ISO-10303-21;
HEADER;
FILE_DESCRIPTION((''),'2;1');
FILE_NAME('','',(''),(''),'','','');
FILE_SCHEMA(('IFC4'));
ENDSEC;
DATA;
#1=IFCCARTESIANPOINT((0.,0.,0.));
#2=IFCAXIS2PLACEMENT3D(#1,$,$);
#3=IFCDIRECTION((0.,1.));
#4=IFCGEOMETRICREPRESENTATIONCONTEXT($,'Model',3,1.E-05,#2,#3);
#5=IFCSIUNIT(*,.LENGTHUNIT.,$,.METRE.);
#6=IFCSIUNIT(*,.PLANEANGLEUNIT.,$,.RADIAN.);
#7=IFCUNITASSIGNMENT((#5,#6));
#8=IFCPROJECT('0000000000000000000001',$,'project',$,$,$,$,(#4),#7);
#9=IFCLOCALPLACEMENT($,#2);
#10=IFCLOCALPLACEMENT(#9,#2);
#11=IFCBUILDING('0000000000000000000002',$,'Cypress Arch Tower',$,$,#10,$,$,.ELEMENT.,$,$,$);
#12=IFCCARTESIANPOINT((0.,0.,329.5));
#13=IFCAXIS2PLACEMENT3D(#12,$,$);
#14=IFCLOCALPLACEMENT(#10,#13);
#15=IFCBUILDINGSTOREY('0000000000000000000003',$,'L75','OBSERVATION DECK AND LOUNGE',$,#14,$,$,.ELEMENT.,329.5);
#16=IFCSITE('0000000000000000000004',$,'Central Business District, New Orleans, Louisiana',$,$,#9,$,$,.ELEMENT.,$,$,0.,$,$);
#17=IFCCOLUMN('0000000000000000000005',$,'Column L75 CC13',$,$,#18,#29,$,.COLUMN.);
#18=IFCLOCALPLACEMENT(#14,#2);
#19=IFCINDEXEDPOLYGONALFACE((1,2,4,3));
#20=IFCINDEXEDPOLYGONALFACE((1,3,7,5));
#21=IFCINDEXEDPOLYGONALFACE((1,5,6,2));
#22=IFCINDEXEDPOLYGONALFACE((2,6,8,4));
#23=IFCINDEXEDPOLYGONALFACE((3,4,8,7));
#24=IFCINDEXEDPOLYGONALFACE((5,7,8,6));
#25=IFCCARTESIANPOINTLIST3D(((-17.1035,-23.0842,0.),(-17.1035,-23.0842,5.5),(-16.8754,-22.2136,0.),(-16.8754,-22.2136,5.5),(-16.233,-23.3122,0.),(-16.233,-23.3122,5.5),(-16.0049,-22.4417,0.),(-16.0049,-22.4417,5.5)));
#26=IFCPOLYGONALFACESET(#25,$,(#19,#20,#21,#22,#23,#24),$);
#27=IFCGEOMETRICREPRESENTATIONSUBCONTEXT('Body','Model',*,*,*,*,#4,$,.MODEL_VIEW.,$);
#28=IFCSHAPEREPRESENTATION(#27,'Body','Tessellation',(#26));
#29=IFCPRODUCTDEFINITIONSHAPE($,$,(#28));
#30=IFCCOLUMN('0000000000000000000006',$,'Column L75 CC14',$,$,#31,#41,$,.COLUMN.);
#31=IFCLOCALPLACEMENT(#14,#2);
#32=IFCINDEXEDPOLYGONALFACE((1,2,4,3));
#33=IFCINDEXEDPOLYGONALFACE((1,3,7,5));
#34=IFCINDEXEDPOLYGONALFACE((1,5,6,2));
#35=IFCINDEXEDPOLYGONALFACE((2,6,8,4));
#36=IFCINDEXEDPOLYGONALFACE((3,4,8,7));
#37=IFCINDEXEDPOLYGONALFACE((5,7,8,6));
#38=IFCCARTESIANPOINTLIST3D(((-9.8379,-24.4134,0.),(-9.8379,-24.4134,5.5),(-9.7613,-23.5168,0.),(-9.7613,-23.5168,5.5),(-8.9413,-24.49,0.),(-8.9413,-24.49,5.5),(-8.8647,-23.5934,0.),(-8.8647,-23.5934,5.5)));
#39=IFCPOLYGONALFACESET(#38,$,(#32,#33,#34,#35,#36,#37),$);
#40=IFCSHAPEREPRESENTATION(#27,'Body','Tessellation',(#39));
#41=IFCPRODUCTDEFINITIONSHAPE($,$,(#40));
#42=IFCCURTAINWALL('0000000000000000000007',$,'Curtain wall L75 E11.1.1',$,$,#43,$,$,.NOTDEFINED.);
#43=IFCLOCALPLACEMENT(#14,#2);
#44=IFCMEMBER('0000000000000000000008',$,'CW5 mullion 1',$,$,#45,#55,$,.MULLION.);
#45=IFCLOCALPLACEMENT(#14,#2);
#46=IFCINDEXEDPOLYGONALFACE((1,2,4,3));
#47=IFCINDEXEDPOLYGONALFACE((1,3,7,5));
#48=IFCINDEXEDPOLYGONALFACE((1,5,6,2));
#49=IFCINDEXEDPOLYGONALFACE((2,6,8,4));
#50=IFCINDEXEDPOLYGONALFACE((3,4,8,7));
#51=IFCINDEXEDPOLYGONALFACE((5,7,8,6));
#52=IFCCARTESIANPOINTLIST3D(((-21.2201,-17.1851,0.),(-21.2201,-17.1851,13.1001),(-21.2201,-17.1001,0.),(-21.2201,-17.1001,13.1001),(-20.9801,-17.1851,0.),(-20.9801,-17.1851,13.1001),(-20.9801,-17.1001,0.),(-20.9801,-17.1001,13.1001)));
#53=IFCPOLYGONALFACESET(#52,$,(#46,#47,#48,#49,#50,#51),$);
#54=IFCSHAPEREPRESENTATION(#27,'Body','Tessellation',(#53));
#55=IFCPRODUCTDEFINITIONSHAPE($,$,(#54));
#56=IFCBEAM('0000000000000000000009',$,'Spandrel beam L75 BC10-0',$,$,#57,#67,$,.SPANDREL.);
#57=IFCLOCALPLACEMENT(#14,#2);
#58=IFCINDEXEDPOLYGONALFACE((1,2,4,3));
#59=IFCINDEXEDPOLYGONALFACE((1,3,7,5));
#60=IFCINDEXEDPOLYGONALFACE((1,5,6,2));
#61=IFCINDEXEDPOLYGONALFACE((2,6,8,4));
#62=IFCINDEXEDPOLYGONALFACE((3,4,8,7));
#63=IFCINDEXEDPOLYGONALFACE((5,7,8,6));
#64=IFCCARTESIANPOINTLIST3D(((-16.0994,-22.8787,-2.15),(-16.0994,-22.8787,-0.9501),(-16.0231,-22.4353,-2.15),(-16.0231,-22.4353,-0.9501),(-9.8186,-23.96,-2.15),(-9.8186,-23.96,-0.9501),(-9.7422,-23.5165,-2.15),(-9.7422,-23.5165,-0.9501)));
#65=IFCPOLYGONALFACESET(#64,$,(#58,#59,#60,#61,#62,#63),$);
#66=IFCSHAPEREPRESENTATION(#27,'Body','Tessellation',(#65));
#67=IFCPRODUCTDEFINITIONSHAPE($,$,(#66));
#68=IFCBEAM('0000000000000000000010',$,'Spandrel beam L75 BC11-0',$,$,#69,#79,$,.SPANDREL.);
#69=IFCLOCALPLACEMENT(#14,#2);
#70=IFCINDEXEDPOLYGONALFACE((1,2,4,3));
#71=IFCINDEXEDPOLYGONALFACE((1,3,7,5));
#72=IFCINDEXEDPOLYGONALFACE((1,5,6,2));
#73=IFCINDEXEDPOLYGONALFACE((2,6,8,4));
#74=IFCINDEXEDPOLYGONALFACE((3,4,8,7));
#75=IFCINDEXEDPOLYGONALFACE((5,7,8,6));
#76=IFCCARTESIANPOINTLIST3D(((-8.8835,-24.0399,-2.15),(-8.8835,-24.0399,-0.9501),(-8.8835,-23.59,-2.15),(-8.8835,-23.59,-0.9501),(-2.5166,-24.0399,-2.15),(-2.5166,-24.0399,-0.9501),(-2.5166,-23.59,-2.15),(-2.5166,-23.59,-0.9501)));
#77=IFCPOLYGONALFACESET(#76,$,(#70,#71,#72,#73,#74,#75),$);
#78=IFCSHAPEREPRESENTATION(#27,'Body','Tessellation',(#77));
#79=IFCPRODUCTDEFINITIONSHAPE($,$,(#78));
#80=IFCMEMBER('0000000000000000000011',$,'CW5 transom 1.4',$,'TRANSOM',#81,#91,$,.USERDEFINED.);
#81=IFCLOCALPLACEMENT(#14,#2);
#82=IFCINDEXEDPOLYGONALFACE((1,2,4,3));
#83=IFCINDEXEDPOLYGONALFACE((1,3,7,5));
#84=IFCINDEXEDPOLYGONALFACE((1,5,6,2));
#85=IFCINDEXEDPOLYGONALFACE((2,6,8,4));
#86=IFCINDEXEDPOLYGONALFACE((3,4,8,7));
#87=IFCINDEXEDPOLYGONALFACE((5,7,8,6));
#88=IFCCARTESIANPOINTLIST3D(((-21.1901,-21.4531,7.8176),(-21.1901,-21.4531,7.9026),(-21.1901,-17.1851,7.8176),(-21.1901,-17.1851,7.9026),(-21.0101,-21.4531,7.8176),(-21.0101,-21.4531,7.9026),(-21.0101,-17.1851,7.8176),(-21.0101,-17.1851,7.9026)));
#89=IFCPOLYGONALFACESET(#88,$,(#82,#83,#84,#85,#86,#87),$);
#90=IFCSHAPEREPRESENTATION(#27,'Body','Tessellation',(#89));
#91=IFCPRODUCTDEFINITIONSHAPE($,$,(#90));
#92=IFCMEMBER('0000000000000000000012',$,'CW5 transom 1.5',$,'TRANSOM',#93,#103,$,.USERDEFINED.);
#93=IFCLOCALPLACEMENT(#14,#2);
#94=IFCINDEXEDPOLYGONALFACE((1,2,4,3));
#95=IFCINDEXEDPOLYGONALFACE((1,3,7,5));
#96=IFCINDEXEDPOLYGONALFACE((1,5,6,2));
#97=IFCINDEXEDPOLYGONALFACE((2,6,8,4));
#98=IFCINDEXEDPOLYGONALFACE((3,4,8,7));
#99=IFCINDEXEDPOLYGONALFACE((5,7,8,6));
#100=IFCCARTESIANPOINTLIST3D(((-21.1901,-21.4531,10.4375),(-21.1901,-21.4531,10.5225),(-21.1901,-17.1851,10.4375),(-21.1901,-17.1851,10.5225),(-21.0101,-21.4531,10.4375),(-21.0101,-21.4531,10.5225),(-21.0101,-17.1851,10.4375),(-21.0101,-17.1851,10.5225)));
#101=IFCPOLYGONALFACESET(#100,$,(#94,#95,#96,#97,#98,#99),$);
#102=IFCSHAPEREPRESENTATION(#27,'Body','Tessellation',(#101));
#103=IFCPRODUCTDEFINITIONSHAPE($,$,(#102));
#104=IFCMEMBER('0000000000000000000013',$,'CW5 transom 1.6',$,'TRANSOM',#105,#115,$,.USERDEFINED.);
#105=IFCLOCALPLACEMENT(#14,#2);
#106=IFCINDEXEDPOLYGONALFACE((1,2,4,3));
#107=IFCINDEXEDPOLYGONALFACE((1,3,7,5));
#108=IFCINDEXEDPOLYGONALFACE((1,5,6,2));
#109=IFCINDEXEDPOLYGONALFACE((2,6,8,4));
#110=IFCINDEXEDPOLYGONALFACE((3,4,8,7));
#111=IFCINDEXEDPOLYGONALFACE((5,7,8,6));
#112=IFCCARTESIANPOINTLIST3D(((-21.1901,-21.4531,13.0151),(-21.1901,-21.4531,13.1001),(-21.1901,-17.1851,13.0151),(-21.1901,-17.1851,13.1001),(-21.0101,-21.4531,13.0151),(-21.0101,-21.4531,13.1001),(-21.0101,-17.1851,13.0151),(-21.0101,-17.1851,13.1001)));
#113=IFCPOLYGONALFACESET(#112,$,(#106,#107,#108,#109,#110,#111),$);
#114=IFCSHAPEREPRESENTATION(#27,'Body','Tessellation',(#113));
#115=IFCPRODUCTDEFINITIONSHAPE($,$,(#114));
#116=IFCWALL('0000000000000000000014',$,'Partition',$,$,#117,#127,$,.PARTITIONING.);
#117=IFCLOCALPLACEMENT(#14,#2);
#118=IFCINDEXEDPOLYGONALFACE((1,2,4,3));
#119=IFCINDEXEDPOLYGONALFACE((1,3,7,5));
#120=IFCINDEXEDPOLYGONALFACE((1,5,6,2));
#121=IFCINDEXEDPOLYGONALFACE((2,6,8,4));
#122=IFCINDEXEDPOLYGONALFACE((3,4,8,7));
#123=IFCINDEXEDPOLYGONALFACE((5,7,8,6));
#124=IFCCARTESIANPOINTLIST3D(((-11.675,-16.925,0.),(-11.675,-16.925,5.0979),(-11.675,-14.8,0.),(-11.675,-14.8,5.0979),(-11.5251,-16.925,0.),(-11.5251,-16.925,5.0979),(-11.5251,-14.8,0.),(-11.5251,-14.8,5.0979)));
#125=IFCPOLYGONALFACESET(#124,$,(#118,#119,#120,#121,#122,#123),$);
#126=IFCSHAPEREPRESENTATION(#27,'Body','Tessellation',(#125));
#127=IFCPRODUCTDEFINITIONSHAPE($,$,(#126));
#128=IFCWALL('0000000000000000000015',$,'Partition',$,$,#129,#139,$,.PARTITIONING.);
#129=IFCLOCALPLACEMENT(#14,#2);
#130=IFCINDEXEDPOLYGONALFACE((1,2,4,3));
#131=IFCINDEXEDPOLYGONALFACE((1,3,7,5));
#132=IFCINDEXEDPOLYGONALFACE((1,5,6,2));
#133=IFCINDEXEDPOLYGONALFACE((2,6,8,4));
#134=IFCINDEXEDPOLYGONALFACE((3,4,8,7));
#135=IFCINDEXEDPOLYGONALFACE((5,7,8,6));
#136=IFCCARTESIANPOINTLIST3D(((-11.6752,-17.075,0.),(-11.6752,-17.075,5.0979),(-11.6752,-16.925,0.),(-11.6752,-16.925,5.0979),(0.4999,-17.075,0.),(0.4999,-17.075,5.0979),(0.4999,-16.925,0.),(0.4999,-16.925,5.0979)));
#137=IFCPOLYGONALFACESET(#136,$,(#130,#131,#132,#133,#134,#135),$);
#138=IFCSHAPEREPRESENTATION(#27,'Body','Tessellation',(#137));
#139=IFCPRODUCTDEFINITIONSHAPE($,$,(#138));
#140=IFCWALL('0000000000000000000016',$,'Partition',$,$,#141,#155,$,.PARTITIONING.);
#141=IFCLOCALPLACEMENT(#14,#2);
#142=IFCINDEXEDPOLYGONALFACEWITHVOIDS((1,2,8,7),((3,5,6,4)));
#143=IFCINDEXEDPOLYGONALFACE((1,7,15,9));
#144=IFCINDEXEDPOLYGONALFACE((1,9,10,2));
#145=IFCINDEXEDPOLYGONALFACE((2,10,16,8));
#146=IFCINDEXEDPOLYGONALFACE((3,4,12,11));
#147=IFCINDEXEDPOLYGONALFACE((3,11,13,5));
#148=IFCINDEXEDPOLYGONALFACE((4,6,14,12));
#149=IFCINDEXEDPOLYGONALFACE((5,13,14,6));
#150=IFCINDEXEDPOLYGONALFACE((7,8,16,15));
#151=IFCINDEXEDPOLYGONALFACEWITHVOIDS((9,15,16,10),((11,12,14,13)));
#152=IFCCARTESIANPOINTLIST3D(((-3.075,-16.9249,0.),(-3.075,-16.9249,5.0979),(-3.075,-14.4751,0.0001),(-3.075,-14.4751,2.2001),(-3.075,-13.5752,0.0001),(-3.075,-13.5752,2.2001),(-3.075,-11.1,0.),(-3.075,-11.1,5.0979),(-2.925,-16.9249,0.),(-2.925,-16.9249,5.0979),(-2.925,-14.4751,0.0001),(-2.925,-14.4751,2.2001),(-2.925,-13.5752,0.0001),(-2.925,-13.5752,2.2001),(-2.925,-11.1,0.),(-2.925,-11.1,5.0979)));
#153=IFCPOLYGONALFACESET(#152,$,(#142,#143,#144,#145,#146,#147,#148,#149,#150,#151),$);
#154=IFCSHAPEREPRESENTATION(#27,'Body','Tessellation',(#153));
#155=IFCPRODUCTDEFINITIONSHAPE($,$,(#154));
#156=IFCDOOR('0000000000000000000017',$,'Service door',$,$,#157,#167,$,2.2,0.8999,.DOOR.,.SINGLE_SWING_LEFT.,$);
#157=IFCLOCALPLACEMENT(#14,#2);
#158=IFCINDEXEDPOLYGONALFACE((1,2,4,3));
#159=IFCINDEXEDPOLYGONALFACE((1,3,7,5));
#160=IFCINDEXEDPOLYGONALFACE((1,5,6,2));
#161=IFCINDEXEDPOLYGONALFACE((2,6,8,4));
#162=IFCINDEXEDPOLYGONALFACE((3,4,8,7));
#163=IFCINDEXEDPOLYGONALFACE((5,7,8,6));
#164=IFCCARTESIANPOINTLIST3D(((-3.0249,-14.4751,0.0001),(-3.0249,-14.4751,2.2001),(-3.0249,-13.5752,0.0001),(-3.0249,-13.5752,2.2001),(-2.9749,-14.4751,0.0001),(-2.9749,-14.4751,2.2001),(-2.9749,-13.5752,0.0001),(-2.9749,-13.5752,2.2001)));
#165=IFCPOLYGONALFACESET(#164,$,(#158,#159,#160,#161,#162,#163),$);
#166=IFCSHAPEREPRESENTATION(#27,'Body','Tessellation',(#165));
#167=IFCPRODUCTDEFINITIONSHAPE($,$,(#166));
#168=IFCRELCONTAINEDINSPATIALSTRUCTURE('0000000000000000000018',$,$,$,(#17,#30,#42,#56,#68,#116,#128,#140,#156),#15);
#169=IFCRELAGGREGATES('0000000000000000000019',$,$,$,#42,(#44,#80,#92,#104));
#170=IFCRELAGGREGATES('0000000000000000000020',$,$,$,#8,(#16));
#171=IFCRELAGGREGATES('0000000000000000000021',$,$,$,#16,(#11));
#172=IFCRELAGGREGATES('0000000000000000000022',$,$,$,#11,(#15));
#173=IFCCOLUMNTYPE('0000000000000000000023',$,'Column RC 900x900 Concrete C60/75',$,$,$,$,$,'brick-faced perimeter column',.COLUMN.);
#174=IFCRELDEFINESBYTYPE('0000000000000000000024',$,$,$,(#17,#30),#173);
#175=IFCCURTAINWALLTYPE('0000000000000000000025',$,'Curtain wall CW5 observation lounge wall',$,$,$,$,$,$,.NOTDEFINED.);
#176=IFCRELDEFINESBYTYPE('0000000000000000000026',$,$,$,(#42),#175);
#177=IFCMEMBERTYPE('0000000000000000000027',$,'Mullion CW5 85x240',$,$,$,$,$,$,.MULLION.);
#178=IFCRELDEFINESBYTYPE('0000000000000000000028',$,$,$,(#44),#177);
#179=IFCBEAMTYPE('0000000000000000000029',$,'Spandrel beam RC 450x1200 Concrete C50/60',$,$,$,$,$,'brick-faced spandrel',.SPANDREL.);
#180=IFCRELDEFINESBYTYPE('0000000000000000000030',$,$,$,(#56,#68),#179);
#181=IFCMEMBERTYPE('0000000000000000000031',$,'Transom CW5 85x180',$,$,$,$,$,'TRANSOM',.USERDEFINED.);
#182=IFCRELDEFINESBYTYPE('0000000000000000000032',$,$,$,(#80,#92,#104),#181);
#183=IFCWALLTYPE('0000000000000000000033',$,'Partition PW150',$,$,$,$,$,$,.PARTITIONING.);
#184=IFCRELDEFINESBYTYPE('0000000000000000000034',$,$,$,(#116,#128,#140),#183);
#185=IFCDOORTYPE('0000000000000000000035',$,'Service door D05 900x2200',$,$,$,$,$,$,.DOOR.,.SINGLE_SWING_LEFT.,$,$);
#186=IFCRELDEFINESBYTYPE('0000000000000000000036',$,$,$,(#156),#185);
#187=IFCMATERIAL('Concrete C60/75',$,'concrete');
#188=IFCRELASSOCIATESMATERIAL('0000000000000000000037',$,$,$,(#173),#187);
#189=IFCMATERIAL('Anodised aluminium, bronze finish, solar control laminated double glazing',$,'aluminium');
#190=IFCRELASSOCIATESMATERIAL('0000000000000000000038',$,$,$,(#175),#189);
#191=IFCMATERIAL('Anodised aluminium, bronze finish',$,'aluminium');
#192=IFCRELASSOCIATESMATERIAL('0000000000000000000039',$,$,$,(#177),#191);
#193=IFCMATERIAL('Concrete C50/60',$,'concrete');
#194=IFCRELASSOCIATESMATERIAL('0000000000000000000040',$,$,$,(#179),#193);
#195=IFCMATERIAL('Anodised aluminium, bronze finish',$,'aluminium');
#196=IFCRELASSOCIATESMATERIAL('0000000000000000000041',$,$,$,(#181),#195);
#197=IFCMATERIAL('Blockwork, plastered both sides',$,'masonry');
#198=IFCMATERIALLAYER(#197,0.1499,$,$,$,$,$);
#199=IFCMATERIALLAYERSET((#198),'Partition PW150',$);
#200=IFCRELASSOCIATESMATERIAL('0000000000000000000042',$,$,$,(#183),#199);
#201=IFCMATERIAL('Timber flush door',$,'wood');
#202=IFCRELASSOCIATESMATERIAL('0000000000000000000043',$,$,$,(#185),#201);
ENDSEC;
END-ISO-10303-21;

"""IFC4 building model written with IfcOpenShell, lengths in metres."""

from ifc_helpers import new_model, si_unit, direction, frame, frame_2d, origin, origin_2d, place, context, subcontext, project, spatial, rectangle, extrude, material, layer, layer_set, material_profile, profile_set, type_object, element, fill, aggregate, save


model = new_model("IFC4")

# Units and contexts
model_context = context("Model", 3, precision=1e-05, world=origin(), true_north=direction((0.0, 1.0)))
body_context = subcontext(model_context, "Body", "Model", "MODEL_VIEW")
ifc_project = project(units=[si_unit("LENGTHUNIT", "METRE"), si_unit("PLANEANGLEUNIT", "RADIAN")], contexts=[model_context])

# Site, building, storey
site_placement = place(None, origin())
site = spatial("IfcSite", under=ifc_project, at=site_placement, Name="Central Business District, New Orleans, Louisiana", CompositionType="ELEMENT", RefElevation=0.0)
building_placement = place(site_placement, origin())
building = spatial("IfcBuilding", under=site, at=building_placement, Name="Cypress Arch Tower", CompositionType="ELEMENT")
storey_placement = place(building_placement, frame((0.0, 0.0, 329.5)))
storey = spatial("IfcBuildingStorey", under=building, at=storey_placement, Name="L75", Description="OBSERVATION DECK AND LOUNGE", CompositionType="ELEMENT", Elevation=329.5)

# Columns
ifc_material_1 = material(Name="Concrete C60/75", Category="concrete")
ifc_material_profile_1 = material_profile(ifc_material_1, rectangle(XDim=0.8999, YDim=0.8999, at=origin_2d()), Name="RC 900x900")
ifc_profile_set_1 = profile_set([ifc_material_profile_1], Name="Concrete C60/75")
column_type = type_object("IfcColumnType", Name="Column RC 900x900 Concrete C60/75", ElementType="brick-faced perimeter column", PredefinedType="COLUMN", material=ifc_profile_set_1)
for number, where, z_axis, x_axis, name in (
    (1, (-16.5542, -22.7629, 0.0), (0.0, 0.0, 1.0), (0.967356, -0.253422, 0.0), "Column L75 CC13"),
    (2, (-9.3513, -24.0034, 0.0), (0.0, 0.0, 1.0), (0.996368, -0.085149, 0.0), "Column L75 CC14"),
):
    element("IfcColumn", number, at=place(storey_placement, frame(where, z_axis=z_axis, x_axis=x_axis)), inside=storey, type_object=column_type, Name=name, PredefinedType="COLUMN", context=body_context, shape_type="SweptSolid", body=[
        extrude(rectangle(XDim=0.8999, YDim=0.8999, at=origin_2d()), origin(), (0.0, 0.0, 1.0), 5.5),
    ])

# Curtain wall, member
ifc_material_2 = material(Name="Anodised aluminium, bronze finish, solar control laminated double glazing", Category="aluminium")
curtain_wall_type = type_object("IfcCurtainWallType", Name="Curtain wall CW5 observation lounge wall", PredefinedType="NOTDEFINED", material=ifc_material_2)
curtain_wall_placement = place(storey_placement, origin())
curtain_wall = element("IfcCurtainWall", 3, at=curtain_wall_placement, inside=storey, type_object=curtain_wall_type, Name="Curtain wall L75 E11.1.1", PredefinedType="NOTDEFINED")
ifc_material_3 = material(Name="Anodised aluminium, bronze finish", Category="aluminium")
ifc_material_profile_2 = material_profile(ifc_material_3, rectangle(XDim=0.24, YDim=0.085, at=origin_2d()), Name="Mullion 85x240")
ifc_profile_set_2 = profile_set([ifc_material_profile_2], Name="Anodised aluminium, bronze finish")
member_type_1 = type_object("IfcMemberType", Name="Mullion CW5 85x240", PredefinedType="MULLION", material=ifc_profile_set_2)
member_1_placement = place(storey_placement, frame((-21.1001, -17.1426, 0.0), z_axis=(0.0, 0.0, 1.0), x_axis=(1.0, 0.0, 0.0)))
member_1 = element("IfcMember", 4, at=member_1_placement, type_object=member_type_1, Name="CW5 mullion 1", PredefinedType="MULLION", context=body_context, shape_type="SweptSolid", body=[
    extrude(rectangle(XDim=0.24, YDim=0.085, at=origin_2d()), origin(), (0.0, 0.0, 1.0), 13.1001),
])

# Beams
ifc_material_4 = material(Name="Concrete C50/60", Category="concrete")
ifc_material_profile_3 = material_profile(ifc_material_4, rectangle(XDim=0.45, YDim=1.2, at=origin_2d()), Name="RC 450x1200")
ifc_profile_set_3 = profile_set([ifc_material_profile_3], Name="Concrete C50/60")
beam_type = type_object("IfcBeamType", Name="Spandrel beam RC 450x1200 Concrete C50/60", ElementType="brick-faced spandrel", PredefinedType="SPANDREL", material=ifc_profile_set_3)
beam_1_placement = place(storey_placement, frame((-16.0613, -22.657, -1.55), z_axis=(0.985503, -0.169658, 0.0), x_axis=(0.169658, 0.985503, 0.0)))
element("IfcBeam", 5, at=beam_1_placement, inside=storey, type_object=beam_type, Name="Spandrel beam L75 BC10-0", PredefinedType="SPANDREL", context=body_context, shape_type="SweptSolid", body=[
    extrude(rectangle(XDim=0.45, YDim=1.2, at=origin_2d()), origin(), (0.0, 0.0, 1.0), 6.3733),
])
beam_2_placement = place(storey_placement, frame((-8.8835, -23.8149, -1.55), z_axis=(1.0, 0.0, 0.0), x_axis=(0.0, 1.0, 0.0)))
element("IfcBeam", 6, at=beam_2_placement, inside=storey, type_object=beam_type, Name="Spandrel beam L75 BC11-0", PredefinedType="SPANDREL", context=body_context, shape_type="SweptSolid", body=[
    extrude(rectangle(XDim=0.45, YDim=1.2, at=origin_2d()), origin(), (0.0, 0.0, 1.0), 6.3669),
])

# Members
ifc_material_5 = material(Name="Anodised aluminium, bronze finish", Category="aluminium")
ifc_material_profile_4 = material_profile(ifc_material_5, rectangle(XDim=0.1799, YDim=0.085, at=origin_2d()), Name="Transom 85x180")
ifc_profile_set_4 = profile_set([ifc_material_profile_4], Name="Anodised aluminium, bronze finish")
member_type_2 = type_object("IfcMemberType", Name="Transom CW5 85x180", ElementType="TRANSOM", PredefinedType="USERDEFINED", material=ifc_profile_set_4)
member_2_placement = place(storey_placement, frame((-21.1001, -17.1851, 7.8601), z_axis=(0.0, -1.0, 0.0), x_axis=(1.0, 0.0, 0.0)))
member_2 = element("IfcMember", 7, at=member_2_placement, type_object=member_type_2, Name="CW5 transom 1.4", ObjectType="TRANSOM", PredefinedType="USERDEFINED", context=body_context, shape_type="SweptSolid", body=[
    extrude(rectangle(XDim=0.1799, YDim=0.085, at=origin_2d()), origin(), (0.0, 0.0, 1.0), 4.2681),
])
member_3_placement = place(storey_placement, frame((-21.1001, -17.1851, 10.48), z_axis=(0.0, -1.0, 0.0), x_axis=(1.0, 0.0, 0.0)))
member_3 = element("IfcMember", 8, at=member_3_placement, type_object=member_type_2, Name="CW5 transom 1.5", ObjectType="TRANSOM", PredefinedType="USERDEFINED", context=body_context, shape_type="SweptSolid", body=[
    extrude(rectangle(XDim=0.1799, YDim=0.085, at=origin_2d()), origin(), (0.0, 0.0, 1.0), 4.2681),
])
member_4_placement = place(storey_placement, frame((-21.1001, -17.1851, 13.0576), z_axis=(0.0, -1.0, 0.0), x_axis=(1.0, 0.0, 0.0)))
member_4 = element("IfcMember", 9, at=member_4_placement, type_object=member_type_2, Name="CW5 transom 1.6", ObjectType="TRANSOM", PredefinedType="USERDEFINED", context=body_context, shape_type="SweptSolid", body=[
    extrude(rectangle(XDim=0.1799, YDim=0.085, at=origin_2d()), origin(), (0.0, 0.0, 1.0), 4.2681),
])
aggregate(curtain_wall, [member_1, member_2, member_3, member_4])

# Walls
ifc_material_6 = material(Name="Blockwork, plastered both sides", Category="masonry")
ifc_layer_1 = layer(ifc_material_6, 0.1499)
ifc_layer_set_1 = layer_set([ifc_layer_1], Name="Partition PW150")
wall_type_1 = type_object("IfcWallType", Name="Partition PW150", PredefinedType="PARTITIONING", material=ifc_layer_set_1)
wall_1_placement = place(storey_placement, frame((-11.6001, -16.925, 0.0), z_axis=(0.0, 0.0, 1.0), x_axis=(0.0, 1.0, 0.0)))
element("IfcWall", 10, at=wall_1_placement, inside=storey, type_object=wall_type_1, Name="Partition", PredefinedType="PARTITIONING", context=body_context, shape_type="SweptSolid", body=[
    extrude(rectangle(XDim=2.125, YDim=0.1499, at=frame_2d((1.0625, 0.0))), origin(), (0.0, 0.0, 1.0), 5.0979),
])
wall_2_placement = place(storey_placement, frame((-11.675, -17.0, 0.0), z_axis=(0.0, 0.0, 1.0), x_axis=(1.0, 0.0, 0.0)))
element("IfcWall", 11, at=wall_2_placement, inside=storey, type_object=wall_type_1, Name="Partition", PredefinedType="PARTITIONING", context=body_context, shape_type="SweptSolid", body=[
    extrude(rectangle(XDim=12.175, YDim=0.1499, at=frame_2d((6.0874, 0.0))), origin(), (0.0, 0.0, 1.0), 5.0979),
])

# Wall, opening, door
wall_3_placement = place(storey_placement, frame((-3.0, -16.925, 0.0), z_axis=(0.0, 0.0, 1.0), x_axis=(0.0, 1.0, 0.0)))
wall_3 = element("IfcWall", 12, at=wall_3_placement, inside=storey, type_object=wall_type_1, Name="Partition", PredefinedType="PARTITIONING", context=body_context, shape_type="SweptSolid", body=[
    extrude(rectangle(XDim=5.825, YDim=0.1499, at=frame_2d((2.9126, 0.0))), origin(), (0.0, 0.0, 1.0), 5.0979),
])
opening_1_placement = place(wall_3_placement, frame((2.45, 0.0, 0.0)))
opening_1 = element("IfcOpeningElement", 13, at=opening_1_placement, cuts=wall_3, PredefinedType="OPENING", context=body_context, shape_type="SweptSolid", body=[
    extrude(rectangle(XDim=0.8999, YDim=2.2, at=frame_2d((0.45, 1.1001))), frame((0.0, 0.085, 0.0), z_axis=(0.0, -1.0, 0.0), x_axis=(1.0, 0.0, 0.0)), (0.0, 0.0, 1.0), 0.1699),
])
ifc_material_7 = material(Name="Timber flush door", Category="wood")
door_type_1 = type_object("IfcDoorType", Name="Service door D05 900x2200", OperationType="SINGLE_SWING_LEFT", PredefinedType="DOOR", material=ifc_material_7)
door_1_placement = place(opening_1_placement, origin())
door_1 = element("IfcDoor", 14, at=door_1_placement, inside=storey, type_object=door_type_1, Name="Service door", OperationType="SINGLE_SWING_LEFT", OverallHeight=2.2, OverallWidth=0.8999, PredefinedType="DOOR", context=body_context, shape_type="SweptSolid", body=[
    extrude(rectangle(XDim=0.8999, YDim=2.2, at=frame_2d((0.45, 1.1001))), frame((0.0, 0.0249, 0.0), z_axis=(0.0, -1.0, 0.0), x_axis=(1.0, 0.0, 0.0)), (0.0, 0.0, 1.0), 0.05),
])
fill(opening_1, door_1)

save(model, "model.ifc")
